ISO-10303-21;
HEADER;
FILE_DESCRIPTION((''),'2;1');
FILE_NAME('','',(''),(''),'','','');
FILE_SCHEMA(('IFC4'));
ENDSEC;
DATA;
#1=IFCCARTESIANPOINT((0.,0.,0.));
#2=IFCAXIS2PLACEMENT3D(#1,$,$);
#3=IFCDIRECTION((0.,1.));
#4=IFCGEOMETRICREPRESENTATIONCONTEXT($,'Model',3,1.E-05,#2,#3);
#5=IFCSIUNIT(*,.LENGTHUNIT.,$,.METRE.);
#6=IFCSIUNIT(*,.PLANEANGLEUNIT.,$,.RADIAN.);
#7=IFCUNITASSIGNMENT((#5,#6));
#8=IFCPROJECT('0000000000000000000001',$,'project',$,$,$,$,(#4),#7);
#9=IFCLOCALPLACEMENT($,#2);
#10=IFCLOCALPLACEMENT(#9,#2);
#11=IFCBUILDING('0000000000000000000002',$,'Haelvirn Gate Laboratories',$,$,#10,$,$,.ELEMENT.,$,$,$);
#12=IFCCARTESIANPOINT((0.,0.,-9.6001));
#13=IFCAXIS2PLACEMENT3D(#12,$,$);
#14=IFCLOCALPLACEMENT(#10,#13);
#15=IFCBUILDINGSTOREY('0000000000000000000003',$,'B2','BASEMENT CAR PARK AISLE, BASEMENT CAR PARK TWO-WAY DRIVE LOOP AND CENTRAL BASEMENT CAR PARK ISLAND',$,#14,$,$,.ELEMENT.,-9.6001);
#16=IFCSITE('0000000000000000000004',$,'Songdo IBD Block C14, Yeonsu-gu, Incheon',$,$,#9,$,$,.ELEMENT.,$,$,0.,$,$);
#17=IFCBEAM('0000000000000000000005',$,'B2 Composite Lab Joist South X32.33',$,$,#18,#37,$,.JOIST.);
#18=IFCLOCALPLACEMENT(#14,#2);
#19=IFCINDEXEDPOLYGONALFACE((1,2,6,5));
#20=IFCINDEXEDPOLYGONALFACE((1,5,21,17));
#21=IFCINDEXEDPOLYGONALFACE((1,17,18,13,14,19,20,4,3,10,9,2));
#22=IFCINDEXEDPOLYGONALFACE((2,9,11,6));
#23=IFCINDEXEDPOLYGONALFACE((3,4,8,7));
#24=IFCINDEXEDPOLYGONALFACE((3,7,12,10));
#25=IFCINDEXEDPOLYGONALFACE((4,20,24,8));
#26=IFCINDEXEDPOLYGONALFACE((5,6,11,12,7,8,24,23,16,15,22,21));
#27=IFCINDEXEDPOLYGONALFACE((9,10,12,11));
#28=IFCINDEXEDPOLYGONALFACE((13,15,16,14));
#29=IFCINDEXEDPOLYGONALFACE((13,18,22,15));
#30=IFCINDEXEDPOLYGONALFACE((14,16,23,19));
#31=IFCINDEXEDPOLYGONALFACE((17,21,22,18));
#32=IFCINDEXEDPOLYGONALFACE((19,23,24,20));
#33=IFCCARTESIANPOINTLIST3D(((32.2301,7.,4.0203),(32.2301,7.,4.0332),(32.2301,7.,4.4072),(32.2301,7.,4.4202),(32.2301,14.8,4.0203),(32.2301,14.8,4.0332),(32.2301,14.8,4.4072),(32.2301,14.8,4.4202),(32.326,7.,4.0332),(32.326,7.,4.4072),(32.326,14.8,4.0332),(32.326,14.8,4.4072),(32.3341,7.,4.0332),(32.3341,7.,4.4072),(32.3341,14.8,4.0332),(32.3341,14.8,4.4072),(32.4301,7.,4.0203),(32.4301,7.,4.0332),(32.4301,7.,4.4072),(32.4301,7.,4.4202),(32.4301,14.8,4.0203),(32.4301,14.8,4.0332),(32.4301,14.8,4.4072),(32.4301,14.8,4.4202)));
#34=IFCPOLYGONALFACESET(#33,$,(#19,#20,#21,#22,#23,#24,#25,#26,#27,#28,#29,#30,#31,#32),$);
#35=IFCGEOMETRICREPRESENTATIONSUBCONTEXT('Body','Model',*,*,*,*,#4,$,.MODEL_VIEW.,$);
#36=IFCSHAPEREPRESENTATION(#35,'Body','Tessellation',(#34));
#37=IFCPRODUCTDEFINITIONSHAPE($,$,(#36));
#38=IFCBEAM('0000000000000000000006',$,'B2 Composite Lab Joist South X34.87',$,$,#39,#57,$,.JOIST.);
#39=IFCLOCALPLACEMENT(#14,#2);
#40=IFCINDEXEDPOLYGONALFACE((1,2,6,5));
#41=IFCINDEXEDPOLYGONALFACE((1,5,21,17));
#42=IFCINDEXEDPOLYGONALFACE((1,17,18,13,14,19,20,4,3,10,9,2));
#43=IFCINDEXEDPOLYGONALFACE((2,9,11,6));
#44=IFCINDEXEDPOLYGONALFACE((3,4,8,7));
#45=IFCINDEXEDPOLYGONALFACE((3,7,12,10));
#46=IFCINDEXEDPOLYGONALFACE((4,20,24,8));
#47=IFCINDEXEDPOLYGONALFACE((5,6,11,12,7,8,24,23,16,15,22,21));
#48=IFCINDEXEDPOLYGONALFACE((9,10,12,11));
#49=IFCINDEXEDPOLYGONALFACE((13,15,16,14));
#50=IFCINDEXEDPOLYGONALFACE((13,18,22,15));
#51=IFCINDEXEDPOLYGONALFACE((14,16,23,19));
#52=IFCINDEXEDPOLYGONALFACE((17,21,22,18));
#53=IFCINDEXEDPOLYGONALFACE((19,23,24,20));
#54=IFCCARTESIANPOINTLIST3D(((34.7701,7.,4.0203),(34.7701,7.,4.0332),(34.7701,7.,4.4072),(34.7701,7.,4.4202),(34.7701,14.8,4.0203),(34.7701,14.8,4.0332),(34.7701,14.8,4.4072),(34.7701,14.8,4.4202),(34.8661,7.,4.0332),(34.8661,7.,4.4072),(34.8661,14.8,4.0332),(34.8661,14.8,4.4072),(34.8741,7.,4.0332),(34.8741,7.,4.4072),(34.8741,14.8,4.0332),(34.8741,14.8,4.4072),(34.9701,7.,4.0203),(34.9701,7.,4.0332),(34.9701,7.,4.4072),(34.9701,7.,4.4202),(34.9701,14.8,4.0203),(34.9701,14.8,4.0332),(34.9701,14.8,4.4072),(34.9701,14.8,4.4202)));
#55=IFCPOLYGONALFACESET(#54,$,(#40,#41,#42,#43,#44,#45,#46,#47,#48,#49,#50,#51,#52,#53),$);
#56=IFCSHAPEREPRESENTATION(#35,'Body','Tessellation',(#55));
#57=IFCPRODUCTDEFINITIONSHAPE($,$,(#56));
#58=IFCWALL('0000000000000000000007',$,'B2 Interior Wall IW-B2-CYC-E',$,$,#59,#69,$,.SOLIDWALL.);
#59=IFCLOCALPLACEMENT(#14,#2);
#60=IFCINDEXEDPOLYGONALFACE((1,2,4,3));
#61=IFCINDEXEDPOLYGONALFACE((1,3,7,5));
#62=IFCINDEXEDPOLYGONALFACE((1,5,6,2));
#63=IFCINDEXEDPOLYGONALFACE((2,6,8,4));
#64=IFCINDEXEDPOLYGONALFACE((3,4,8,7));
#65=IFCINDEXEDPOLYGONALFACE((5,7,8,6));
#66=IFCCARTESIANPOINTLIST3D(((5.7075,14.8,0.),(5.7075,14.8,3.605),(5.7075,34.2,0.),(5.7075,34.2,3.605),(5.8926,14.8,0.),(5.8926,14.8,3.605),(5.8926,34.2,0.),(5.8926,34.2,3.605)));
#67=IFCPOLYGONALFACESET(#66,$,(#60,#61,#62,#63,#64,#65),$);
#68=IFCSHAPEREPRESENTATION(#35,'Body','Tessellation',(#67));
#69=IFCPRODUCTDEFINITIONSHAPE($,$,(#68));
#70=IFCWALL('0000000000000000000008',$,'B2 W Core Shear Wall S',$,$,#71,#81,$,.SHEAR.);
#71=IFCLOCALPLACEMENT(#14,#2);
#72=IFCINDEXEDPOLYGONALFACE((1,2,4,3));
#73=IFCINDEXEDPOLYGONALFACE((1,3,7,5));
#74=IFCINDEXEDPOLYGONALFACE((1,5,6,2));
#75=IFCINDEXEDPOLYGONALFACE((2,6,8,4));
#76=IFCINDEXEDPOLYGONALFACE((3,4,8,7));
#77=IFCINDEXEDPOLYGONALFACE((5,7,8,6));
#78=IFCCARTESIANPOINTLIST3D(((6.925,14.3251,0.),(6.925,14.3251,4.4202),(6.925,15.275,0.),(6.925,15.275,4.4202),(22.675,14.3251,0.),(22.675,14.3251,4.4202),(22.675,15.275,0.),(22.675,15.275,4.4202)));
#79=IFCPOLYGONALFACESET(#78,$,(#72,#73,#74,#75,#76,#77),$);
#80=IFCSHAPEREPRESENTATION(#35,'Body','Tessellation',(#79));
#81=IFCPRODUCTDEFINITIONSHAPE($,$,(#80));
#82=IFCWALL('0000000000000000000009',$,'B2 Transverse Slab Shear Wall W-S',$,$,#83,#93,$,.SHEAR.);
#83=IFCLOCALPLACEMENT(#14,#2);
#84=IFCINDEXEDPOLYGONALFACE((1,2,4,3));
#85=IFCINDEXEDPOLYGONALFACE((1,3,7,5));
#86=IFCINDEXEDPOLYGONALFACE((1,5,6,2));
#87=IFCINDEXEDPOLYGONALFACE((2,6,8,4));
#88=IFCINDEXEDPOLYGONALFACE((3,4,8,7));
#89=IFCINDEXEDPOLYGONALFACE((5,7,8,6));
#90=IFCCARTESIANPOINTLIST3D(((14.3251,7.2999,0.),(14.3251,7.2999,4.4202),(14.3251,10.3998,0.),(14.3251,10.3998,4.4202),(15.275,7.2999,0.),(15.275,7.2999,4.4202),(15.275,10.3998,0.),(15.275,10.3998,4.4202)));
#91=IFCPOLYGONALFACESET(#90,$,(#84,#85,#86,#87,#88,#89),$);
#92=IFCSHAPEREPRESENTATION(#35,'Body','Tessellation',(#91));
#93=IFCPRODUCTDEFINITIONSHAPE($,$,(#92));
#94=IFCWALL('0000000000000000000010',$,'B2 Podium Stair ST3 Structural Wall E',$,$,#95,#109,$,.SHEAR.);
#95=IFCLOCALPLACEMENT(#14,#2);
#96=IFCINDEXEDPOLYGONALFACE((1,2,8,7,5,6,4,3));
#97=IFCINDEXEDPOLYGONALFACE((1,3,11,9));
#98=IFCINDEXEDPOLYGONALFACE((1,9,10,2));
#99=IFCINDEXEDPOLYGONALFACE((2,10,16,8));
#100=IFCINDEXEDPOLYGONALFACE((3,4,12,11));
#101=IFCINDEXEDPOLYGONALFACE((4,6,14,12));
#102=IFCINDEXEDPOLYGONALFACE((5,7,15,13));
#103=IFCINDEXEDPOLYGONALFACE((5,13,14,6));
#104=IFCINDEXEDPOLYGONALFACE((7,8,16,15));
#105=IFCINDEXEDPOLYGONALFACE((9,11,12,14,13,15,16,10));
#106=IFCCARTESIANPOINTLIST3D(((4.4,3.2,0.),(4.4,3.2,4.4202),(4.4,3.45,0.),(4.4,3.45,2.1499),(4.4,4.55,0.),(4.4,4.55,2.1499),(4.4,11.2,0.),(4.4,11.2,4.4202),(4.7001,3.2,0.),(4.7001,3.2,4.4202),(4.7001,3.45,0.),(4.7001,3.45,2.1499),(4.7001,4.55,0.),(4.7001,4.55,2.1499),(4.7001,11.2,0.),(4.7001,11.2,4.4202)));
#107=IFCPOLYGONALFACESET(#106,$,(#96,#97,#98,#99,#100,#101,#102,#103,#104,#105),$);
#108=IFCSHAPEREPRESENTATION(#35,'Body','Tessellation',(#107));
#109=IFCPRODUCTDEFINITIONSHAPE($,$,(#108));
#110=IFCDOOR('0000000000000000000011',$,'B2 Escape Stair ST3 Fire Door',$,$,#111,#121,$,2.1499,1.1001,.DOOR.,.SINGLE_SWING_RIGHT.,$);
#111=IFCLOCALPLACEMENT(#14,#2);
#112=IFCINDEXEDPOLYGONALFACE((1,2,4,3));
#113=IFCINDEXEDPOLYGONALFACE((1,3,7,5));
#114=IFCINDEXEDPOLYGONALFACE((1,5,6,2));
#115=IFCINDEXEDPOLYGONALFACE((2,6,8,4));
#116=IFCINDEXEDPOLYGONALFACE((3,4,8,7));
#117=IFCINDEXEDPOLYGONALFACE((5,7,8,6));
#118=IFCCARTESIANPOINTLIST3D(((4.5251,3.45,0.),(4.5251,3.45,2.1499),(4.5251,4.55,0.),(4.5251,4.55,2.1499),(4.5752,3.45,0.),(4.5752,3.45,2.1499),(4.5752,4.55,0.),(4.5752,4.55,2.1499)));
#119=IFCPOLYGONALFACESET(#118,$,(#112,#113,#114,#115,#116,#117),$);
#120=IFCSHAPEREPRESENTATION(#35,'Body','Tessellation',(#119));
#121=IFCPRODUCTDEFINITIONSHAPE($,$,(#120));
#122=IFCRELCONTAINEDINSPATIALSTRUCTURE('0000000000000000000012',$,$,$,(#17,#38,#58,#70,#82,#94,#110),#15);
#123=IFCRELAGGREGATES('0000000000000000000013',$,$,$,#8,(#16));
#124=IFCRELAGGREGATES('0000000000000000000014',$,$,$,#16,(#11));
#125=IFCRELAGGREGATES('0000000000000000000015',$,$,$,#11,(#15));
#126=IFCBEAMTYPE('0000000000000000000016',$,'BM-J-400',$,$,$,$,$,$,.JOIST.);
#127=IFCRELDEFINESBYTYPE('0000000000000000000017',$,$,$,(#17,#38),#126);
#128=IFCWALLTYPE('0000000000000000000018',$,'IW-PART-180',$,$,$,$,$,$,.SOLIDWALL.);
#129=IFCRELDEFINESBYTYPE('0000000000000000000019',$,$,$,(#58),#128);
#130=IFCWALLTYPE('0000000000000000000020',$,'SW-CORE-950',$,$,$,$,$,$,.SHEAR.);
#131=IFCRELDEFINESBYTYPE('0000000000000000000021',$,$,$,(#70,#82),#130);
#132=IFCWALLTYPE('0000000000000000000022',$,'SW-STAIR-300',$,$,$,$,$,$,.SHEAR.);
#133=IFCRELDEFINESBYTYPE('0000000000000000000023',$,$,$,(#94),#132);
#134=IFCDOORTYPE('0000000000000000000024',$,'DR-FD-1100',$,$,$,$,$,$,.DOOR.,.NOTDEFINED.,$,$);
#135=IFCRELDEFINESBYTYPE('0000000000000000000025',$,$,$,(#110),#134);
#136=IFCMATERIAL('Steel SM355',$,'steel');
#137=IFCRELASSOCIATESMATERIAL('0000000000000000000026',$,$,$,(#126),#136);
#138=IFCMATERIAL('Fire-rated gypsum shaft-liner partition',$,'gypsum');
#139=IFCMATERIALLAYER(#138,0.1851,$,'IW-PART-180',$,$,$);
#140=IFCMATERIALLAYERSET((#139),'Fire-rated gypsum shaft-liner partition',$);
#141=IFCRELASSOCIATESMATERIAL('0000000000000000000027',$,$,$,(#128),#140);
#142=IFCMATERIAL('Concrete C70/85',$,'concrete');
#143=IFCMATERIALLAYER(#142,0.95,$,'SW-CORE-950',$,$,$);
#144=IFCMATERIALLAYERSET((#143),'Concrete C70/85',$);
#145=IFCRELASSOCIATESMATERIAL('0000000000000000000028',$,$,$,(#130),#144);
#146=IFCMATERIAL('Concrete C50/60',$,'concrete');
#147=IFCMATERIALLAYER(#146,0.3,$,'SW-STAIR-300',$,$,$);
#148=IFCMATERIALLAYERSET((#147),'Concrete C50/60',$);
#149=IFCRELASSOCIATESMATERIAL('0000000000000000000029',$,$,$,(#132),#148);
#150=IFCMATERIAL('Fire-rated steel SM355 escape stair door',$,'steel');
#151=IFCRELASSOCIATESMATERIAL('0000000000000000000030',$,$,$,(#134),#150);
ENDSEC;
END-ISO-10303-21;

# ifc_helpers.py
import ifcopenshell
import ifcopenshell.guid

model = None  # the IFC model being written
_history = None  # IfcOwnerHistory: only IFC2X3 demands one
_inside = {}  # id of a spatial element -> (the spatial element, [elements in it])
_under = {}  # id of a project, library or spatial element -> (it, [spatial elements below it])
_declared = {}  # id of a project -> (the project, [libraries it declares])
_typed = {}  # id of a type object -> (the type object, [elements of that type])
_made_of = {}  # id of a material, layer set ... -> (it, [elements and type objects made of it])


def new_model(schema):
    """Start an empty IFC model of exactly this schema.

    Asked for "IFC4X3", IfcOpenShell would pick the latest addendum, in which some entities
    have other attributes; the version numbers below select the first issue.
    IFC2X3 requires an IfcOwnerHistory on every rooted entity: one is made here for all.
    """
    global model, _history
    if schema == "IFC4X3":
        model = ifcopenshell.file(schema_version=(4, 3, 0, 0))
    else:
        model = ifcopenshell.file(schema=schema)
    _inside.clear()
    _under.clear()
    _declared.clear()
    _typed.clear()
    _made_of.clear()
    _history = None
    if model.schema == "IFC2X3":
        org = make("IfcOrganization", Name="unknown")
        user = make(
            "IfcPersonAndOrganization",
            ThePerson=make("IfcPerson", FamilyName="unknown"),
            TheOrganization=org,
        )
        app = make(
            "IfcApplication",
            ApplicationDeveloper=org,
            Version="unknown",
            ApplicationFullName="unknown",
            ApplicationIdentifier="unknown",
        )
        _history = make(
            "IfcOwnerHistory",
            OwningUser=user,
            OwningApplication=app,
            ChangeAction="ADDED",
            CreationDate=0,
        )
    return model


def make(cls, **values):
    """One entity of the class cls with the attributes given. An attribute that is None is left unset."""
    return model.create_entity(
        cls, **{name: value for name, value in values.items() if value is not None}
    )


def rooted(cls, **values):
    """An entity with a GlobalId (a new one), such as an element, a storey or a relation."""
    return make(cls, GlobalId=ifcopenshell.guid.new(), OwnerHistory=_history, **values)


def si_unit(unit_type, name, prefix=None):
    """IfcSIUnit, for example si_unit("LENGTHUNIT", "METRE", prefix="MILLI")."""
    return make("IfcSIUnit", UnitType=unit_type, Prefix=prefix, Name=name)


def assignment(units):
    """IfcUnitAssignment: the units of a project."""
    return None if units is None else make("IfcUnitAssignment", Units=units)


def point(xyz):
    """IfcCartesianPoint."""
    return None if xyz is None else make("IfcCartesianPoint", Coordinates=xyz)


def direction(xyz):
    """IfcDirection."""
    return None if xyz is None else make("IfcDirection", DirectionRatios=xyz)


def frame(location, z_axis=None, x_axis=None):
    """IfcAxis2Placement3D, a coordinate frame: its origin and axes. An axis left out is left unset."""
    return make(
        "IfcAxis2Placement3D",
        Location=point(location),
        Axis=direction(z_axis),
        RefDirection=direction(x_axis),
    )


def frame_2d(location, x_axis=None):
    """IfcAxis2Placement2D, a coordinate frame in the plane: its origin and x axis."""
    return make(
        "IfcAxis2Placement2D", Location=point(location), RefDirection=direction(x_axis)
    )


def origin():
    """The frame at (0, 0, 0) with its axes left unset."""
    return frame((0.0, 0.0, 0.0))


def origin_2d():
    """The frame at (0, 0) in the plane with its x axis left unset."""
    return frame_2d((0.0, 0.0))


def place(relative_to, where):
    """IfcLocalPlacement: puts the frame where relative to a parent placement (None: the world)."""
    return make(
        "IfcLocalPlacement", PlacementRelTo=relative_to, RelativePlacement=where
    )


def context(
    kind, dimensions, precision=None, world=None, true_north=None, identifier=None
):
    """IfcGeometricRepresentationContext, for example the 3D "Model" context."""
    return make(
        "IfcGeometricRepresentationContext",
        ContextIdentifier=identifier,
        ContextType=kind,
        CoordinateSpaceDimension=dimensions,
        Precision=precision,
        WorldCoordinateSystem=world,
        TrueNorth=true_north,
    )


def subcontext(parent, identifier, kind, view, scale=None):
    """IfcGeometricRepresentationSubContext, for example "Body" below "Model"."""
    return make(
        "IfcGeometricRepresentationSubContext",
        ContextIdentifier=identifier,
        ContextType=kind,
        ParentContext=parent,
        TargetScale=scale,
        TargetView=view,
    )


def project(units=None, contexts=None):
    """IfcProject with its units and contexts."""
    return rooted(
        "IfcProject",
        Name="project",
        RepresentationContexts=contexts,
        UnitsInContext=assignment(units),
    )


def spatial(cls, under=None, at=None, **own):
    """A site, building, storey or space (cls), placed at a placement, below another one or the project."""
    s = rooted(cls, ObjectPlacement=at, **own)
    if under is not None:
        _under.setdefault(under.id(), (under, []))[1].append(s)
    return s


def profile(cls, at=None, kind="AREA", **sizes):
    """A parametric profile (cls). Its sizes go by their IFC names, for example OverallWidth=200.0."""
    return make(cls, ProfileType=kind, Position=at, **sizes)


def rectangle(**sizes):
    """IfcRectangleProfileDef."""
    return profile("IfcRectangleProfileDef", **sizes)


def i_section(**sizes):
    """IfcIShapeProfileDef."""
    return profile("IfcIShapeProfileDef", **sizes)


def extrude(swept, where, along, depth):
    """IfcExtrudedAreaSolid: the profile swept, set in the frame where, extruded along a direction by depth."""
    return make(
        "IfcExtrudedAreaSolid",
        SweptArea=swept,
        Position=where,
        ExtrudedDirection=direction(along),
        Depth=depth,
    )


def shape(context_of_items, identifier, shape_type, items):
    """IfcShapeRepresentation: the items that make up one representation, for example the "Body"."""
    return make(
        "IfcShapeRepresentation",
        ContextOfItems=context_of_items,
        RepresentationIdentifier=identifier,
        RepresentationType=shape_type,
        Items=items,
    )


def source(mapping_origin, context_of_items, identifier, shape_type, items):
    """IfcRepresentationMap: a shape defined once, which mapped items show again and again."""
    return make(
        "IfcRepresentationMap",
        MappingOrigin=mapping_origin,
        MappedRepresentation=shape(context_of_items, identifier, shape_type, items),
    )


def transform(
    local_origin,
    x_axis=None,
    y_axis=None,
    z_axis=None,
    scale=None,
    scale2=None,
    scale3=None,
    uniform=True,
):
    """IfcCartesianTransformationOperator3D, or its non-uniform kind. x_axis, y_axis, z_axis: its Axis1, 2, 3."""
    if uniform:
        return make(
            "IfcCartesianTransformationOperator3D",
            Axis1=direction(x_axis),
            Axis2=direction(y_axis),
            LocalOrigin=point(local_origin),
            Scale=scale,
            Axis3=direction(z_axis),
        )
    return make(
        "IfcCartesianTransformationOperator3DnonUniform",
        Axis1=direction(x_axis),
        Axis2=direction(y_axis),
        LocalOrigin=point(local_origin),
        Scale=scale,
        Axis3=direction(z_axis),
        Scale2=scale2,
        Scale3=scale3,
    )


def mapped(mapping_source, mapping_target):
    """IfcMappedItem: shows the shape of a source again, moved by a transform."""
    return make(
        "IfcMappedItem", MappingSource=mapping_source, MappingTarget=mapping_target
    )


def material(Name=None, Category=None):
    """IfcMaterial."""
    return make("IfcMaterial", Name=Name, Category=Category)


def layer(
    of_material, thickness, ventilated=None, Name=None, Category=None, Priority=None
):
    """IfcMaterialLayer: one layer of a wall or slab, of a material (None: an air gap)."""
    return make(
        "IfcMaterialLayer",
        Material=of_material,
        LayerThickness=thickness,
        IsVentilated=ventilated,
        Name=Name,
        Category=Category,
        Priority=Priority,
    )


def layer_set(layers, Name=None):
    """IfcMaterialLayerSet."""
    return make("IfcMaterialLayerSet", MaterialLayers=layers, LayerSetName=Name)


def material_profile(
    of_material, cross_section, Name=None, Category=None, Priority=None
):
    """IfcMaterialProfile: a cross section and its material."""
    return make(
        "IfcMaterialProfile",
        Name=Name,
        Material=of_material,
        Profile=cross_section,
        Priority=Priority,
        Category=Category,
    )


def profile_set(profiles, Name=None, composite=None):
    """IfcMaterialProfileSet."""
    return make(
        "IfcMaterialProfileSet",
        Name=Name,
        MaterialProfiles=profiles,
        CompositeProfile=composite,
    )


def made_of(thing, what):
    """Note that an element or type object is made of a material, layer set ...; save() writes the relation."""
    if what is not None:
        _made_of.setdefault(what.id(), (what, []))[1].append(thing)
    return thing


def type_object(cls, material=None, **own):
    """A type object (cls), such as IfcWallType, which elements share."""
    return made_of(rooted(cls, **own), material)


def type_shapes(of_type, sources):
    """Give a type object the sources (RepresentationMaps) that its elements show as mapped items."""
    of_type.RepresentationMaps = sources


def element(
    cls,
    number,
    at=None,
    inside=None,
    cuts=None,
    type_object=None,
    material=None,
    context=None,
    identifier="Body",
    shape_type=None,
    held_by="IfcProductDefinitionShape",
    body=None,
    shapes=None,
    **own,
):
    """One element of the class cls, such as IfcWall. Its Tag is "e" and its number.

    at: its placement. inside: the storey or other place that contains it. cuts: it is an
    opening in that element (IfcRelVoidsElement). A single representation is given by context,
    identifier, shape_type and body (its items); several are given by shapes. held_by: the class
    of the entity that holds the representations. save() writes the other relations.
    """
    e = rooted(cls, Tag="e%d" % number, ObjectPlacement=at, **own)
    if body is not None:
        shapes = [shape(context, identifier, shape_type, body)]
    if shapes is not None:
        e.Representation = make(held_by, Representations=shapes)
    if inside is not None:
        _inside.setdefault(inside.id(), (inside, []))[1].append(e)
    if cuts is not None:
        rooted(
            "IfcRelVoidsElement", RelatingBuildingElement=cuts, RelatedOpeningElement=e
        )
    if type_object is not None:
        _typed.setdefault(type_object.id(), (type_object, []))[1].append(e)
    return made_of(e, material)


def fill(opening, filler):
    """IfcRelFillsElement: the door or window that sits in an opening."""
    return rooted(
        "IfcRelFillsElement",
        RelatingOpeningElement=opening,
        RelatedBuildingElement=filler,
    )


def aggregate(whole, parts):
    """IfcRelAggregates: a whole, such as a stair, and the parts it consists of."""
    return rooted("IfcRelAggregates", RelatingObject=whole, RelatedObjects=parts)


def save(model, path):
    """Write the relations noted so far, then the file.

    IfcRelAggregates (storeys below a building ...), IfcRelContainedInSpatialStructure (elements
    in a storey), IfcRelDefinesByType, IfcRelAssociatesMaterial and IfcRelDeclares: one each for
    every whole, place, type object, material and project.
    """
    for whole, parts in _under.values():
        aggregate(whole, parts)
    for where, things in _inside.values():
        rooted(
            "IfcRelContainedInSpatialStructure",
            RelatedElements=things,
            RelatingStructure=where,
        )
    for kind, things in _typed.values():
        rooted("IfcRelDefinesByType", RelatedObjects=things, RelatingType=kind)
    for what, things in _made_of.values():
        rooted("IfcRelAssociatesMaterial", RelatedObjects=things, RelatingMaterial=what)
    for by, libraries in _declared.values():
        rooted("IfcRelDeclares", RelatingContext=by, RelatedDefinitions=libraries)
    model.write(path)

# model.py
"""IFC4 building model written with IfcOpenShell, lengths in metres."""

from ifc_helpers import new_model, si_unit, direction, frame, frame_2d, origin, origin_2d, place, context, subcontext, project, spatial, rectangle, i_section, extrude, source, transform, mapped, material, layer, layer_set, material_profile, profile_set, type_object, type_shapes, element, fill, save


model = new_model("IFC4")

# Units and contexts
model_context = context("Model", 3, precision=1e-05, world=origin(), true_north=direction((0.0, 1.0)))
body_context = subcontext(model_context, "Body", "Model", "MODEL_VIEW")
ifc_project = project(units=[si_unit("LENGTHUNIT", "METRE"), si_unit("PLANEANGLEUNIT", "RADIAN")], contexts=[model_context])

# Site, building, storey
site_placement = place(None, origin())
site = spatial("IfcSite", under=ifc_project, at=site_placement, Name="Songdo IBD Block C14, Yeonsu-gu, Incheon", CompositionType="ELEMENT", RefElevation=0.0)
building_placement = place(site_placement, origin())
building = spatial("IfcBuilding", under=site, at=building_placement, Name="Haelvirn Gate Laboratories", CompositionType="ELEMENT")
storey_placement = place(building_placement, frame((0.0, 0.0, -9.6001)))
storey = spatial("IfcBuildingStorey", under=building, at=storey_placement, Name="B2", Description="BASEMENT CAR PARK AISLE, BASEMENT CAR PARK TWO-WAY DRIVE LOOP AND CENTRAL BASEMENT CAR PARK ISLAND", CompositionType="ELEMENT", Elevation=-9.6001)

# Shared definitions
ifc_material_1 = material(Name="Concrete C70/85", Category="concrete")

# Beams
ifc_material_2 = material(Name="Steel SM355", Category="steel")
ifc_material_profile_1 = material_profile(ifc_material_2, i_section(OverallWidth=0.2, OverallDepth=0.3999, WebThickness=0.0081, FlangeThickness=0.0129, at=origin_2d()), Name="H-400x200x8x13")
ifc_profile_set_1 = profile_set([ifc_material_profile_1], Name="Steel SM355")
beam_type_1 = type_object("IfcBeamType", Name="BM-J-400", PredefinedType="JOIST", material=ifc_profile_set_1)
shared_shape_1 = source(origin(), body_context, "Body", "SweptSolid", [
    extrude(i_section(OverallWidth=0.2, OverallDepth=0.3999, WebThickness=0.0081, FlangeThickness=0.0129, at=origin_2d()), origin(), (0.0, 0.0, 1.0), 7.8),
])
type_shapes(beam_type_1, [shared_shape_1])
for number, where, z_axis, x_axis, name in (
    (1, (32.3301, 7.0, 4.2202), (0.0, 1.0, 0.0), (-1.0, 0.0, 0.0), "B2 Composite Lab Joist South X32.33"),
    (2, (34.8701, 7.0, 4.2202), (0.0, 1.0, 0.0), (-1.0, 0.0, 0.0), "B2 Composite Lab Joist South X34.87"),
):
    element("IfcBeam", number, at=place(storey_placement, frame(where, z_axis=z_axis, x_axis=x_axis)), inside=storey, type_object=beam_type_1, Name=name, PredefinedType="JOIST", context=body_context, shape_type="MappedRepresentation", body=[
        mapped(shared_shape_1, transform((0.0, 0.0, 0.0), scale=1.0)),
    ])

# Walls
ifc_material_3 = material(Name="Fire-rated gypsum shaft-liner partition", Category="gypsum")
ifc_layer_1 = layer(ifc_material_3, 0.1851, Name="IW-PART-180")
ifc_layer_set_1 = layer_set([ifc_layer_1], Name="Fire-rated gypsum shaft-liner partition")
wall_type_1 = type_object("IfcWallType", Name="IW-PART-180", PredefinedType="SOLIDWALL", material=ifc_layer_set_1)
wall_1_placement = place(storey_placement, frame((5.8, 14.8, 0.0), z_axis=(0.0, 0.0, 1.0), x_axis=(0.0, 1.0, 0.0)))
element("IfcWall", 3, at=wall_1_placement, inside=storey, type_object=wall_type_1, Name="B2 Interior Wall IW-B2-CYC-E", PredefinedType="SOLIDWALL", context=body_context, shape_type="SweptSolid", body=[
    extrude(rectangle(XDim=19.3999, YDim=0.1851, at=frame_2d((9.7, 0.0))), origin(), (0.0, 0.0, 1.0), 3.605),
])
ifc_layer_2 = layer(ifc_material_1, 0.95, Name="SW-CORE-950")
ifc_layer_set_2 = layer_set([ifc_layer_2], Name="Concrete C70/85")
wall_type_2 = type_object("IfcWallType", Name="SW-CORE-950", PredefinedType="SHEAR", material=ifc_layer_set_2)
wall_2_placement = place(storey_placement, frame((6.925, 14.8, 0.0), z_axis=(0.0, 0.0, 1.0), x_axis=(1.0, 0.0, 0.0)))
element("IfcWall", 4, at=wall_2_placement, inside=storey, type_object=wall_type_2, Name="B2 W Core Shear Wall S", PredefinedType="SHEAR", context=body_context, shape_type="SweptSolid", body=[
    extrude(rectangle(XDim=15.75, YDim=0.95, at=frame_2d((7.875, 0.0))), origin(), (0.0, 0.0, 1.0), 4.4202),
])
wall_3_placement = place(storey_placement, frame((14.8, 7.3, 0.0), z_axis=(0.0, 0.0, 1.0), x_axis=(0.0, 1.0, 0.0)))
element("IfcWall", 5, at=wall_3_placement, inside=storey, type_object=wall_type_2, Name="B2 Transverse Slab Shear Wall W-S", PredefinedType="SHEAR", context=body_context, shape_type="SweptSolid", body=[
    extrude(rectangle(XDim=3.0999, YDim=0.95, at=frame_2d((1.5498, 0.0))), origin(), (0.0, 0.0, 1.0), 4.4202),
])

# Wall, opening, door
ifc_material_4 = material(Name="Concrete C50/60", Category="concrete")
ifc_layer_3 = layer(ifc_material_4, 0.3, Name="SW-STAIR-300")
ifc_layer_set_3 = layer_set([ifc_layer_3], Name="Concrete C50/60")
wall_type_3 = type_object("IfcWallType", Name="SW-STAIR-300", PredefinedType="SHEAR", material=ifc_layer_set_3)
wall_4_placement = place(storey_placement, frame((4.55, 3.2, 0.0), z_axis=(0.0, 0.0, 1.0), x_axis=(0.0, 1.0, 0.0)))
wall_4 = element("IfcWall", 6, at=wall_4_placement, inside=storey, type_object=wall_type_3, Name="B2 Podium Stair ST3 Structural Wall E", PredefinedType="SHEAR", context=body_context, shape_type="SweptSolid", body=[
    extrude(rectangle(XDim=8.0, YDim=0.3, at=frame_2d((4.0, 0.0))), origin(), (0.0, 0.0, 1.0), 4.4202),
])
opening_placement = place(wall_4_placement, frame((0.25, 0.0, 0.0)))
opening = element("IfcOpeningElement", 7, at=opening_placement, cuts=wall_4, PredefinedType="OPENING", context=body_context, shape_type="SweptSolid", body=[
    extrude(rectangle(XDim=1.1001, YDim=2.1499, at=frame_2d((0.55, 1.075))), frame((0.0, 0.1602, 0.0), z_axis=(0.0, -1.0, 0.0), x_axis=(1.0, 0.0, 0.0)), (0.0, 0.0, 1.0), 0.3201),
])
ifc_material_5 = material(Name="Fire-rated steel SM355 escape stair door", Category="steel")
door_type = type_object("IfcDoorType", Name="DR-FD-1100", OperationType="NOTDEFINED", PredefinedType="DOOR", material=ifc_material_5)
shared_shape_2 = source(origin(), body_context, "Body", "SweptSolid", [
    extrude(rectangle(XDim=1.1001, YDim=2.1499, at=frame_2d((0.55, 1.075))), frame((0.0, 0.0249, 0.0), z_axis=(0.0, -1.0, 0.0), x_axis=(1.0, 0.0, 0.0)), (0.0, 0.0, 1.0), 0.05),
])
type_shapes(door_type, [shared_shape_2])
door_placement = place(opening_placement, origin())
door = element("IfcDoor", 8, at=door_placement, inside=storey, type_object=door_type, Name="B2 Escape Stair ST3 Fire Door", OperationType="SINGLE_SWING_RIGHT", OverallHeight=2.1499, OverallWidth=1.1001, PredefinedType="DOOR", context=body_context, shape_type="MappedRepresentation", body=[
    mapped(shared_shape_2, transform((0.0, 0.0, 0.0), scale=1.0)),
])
fill(opening, door)

save(model, "model.ifc")
